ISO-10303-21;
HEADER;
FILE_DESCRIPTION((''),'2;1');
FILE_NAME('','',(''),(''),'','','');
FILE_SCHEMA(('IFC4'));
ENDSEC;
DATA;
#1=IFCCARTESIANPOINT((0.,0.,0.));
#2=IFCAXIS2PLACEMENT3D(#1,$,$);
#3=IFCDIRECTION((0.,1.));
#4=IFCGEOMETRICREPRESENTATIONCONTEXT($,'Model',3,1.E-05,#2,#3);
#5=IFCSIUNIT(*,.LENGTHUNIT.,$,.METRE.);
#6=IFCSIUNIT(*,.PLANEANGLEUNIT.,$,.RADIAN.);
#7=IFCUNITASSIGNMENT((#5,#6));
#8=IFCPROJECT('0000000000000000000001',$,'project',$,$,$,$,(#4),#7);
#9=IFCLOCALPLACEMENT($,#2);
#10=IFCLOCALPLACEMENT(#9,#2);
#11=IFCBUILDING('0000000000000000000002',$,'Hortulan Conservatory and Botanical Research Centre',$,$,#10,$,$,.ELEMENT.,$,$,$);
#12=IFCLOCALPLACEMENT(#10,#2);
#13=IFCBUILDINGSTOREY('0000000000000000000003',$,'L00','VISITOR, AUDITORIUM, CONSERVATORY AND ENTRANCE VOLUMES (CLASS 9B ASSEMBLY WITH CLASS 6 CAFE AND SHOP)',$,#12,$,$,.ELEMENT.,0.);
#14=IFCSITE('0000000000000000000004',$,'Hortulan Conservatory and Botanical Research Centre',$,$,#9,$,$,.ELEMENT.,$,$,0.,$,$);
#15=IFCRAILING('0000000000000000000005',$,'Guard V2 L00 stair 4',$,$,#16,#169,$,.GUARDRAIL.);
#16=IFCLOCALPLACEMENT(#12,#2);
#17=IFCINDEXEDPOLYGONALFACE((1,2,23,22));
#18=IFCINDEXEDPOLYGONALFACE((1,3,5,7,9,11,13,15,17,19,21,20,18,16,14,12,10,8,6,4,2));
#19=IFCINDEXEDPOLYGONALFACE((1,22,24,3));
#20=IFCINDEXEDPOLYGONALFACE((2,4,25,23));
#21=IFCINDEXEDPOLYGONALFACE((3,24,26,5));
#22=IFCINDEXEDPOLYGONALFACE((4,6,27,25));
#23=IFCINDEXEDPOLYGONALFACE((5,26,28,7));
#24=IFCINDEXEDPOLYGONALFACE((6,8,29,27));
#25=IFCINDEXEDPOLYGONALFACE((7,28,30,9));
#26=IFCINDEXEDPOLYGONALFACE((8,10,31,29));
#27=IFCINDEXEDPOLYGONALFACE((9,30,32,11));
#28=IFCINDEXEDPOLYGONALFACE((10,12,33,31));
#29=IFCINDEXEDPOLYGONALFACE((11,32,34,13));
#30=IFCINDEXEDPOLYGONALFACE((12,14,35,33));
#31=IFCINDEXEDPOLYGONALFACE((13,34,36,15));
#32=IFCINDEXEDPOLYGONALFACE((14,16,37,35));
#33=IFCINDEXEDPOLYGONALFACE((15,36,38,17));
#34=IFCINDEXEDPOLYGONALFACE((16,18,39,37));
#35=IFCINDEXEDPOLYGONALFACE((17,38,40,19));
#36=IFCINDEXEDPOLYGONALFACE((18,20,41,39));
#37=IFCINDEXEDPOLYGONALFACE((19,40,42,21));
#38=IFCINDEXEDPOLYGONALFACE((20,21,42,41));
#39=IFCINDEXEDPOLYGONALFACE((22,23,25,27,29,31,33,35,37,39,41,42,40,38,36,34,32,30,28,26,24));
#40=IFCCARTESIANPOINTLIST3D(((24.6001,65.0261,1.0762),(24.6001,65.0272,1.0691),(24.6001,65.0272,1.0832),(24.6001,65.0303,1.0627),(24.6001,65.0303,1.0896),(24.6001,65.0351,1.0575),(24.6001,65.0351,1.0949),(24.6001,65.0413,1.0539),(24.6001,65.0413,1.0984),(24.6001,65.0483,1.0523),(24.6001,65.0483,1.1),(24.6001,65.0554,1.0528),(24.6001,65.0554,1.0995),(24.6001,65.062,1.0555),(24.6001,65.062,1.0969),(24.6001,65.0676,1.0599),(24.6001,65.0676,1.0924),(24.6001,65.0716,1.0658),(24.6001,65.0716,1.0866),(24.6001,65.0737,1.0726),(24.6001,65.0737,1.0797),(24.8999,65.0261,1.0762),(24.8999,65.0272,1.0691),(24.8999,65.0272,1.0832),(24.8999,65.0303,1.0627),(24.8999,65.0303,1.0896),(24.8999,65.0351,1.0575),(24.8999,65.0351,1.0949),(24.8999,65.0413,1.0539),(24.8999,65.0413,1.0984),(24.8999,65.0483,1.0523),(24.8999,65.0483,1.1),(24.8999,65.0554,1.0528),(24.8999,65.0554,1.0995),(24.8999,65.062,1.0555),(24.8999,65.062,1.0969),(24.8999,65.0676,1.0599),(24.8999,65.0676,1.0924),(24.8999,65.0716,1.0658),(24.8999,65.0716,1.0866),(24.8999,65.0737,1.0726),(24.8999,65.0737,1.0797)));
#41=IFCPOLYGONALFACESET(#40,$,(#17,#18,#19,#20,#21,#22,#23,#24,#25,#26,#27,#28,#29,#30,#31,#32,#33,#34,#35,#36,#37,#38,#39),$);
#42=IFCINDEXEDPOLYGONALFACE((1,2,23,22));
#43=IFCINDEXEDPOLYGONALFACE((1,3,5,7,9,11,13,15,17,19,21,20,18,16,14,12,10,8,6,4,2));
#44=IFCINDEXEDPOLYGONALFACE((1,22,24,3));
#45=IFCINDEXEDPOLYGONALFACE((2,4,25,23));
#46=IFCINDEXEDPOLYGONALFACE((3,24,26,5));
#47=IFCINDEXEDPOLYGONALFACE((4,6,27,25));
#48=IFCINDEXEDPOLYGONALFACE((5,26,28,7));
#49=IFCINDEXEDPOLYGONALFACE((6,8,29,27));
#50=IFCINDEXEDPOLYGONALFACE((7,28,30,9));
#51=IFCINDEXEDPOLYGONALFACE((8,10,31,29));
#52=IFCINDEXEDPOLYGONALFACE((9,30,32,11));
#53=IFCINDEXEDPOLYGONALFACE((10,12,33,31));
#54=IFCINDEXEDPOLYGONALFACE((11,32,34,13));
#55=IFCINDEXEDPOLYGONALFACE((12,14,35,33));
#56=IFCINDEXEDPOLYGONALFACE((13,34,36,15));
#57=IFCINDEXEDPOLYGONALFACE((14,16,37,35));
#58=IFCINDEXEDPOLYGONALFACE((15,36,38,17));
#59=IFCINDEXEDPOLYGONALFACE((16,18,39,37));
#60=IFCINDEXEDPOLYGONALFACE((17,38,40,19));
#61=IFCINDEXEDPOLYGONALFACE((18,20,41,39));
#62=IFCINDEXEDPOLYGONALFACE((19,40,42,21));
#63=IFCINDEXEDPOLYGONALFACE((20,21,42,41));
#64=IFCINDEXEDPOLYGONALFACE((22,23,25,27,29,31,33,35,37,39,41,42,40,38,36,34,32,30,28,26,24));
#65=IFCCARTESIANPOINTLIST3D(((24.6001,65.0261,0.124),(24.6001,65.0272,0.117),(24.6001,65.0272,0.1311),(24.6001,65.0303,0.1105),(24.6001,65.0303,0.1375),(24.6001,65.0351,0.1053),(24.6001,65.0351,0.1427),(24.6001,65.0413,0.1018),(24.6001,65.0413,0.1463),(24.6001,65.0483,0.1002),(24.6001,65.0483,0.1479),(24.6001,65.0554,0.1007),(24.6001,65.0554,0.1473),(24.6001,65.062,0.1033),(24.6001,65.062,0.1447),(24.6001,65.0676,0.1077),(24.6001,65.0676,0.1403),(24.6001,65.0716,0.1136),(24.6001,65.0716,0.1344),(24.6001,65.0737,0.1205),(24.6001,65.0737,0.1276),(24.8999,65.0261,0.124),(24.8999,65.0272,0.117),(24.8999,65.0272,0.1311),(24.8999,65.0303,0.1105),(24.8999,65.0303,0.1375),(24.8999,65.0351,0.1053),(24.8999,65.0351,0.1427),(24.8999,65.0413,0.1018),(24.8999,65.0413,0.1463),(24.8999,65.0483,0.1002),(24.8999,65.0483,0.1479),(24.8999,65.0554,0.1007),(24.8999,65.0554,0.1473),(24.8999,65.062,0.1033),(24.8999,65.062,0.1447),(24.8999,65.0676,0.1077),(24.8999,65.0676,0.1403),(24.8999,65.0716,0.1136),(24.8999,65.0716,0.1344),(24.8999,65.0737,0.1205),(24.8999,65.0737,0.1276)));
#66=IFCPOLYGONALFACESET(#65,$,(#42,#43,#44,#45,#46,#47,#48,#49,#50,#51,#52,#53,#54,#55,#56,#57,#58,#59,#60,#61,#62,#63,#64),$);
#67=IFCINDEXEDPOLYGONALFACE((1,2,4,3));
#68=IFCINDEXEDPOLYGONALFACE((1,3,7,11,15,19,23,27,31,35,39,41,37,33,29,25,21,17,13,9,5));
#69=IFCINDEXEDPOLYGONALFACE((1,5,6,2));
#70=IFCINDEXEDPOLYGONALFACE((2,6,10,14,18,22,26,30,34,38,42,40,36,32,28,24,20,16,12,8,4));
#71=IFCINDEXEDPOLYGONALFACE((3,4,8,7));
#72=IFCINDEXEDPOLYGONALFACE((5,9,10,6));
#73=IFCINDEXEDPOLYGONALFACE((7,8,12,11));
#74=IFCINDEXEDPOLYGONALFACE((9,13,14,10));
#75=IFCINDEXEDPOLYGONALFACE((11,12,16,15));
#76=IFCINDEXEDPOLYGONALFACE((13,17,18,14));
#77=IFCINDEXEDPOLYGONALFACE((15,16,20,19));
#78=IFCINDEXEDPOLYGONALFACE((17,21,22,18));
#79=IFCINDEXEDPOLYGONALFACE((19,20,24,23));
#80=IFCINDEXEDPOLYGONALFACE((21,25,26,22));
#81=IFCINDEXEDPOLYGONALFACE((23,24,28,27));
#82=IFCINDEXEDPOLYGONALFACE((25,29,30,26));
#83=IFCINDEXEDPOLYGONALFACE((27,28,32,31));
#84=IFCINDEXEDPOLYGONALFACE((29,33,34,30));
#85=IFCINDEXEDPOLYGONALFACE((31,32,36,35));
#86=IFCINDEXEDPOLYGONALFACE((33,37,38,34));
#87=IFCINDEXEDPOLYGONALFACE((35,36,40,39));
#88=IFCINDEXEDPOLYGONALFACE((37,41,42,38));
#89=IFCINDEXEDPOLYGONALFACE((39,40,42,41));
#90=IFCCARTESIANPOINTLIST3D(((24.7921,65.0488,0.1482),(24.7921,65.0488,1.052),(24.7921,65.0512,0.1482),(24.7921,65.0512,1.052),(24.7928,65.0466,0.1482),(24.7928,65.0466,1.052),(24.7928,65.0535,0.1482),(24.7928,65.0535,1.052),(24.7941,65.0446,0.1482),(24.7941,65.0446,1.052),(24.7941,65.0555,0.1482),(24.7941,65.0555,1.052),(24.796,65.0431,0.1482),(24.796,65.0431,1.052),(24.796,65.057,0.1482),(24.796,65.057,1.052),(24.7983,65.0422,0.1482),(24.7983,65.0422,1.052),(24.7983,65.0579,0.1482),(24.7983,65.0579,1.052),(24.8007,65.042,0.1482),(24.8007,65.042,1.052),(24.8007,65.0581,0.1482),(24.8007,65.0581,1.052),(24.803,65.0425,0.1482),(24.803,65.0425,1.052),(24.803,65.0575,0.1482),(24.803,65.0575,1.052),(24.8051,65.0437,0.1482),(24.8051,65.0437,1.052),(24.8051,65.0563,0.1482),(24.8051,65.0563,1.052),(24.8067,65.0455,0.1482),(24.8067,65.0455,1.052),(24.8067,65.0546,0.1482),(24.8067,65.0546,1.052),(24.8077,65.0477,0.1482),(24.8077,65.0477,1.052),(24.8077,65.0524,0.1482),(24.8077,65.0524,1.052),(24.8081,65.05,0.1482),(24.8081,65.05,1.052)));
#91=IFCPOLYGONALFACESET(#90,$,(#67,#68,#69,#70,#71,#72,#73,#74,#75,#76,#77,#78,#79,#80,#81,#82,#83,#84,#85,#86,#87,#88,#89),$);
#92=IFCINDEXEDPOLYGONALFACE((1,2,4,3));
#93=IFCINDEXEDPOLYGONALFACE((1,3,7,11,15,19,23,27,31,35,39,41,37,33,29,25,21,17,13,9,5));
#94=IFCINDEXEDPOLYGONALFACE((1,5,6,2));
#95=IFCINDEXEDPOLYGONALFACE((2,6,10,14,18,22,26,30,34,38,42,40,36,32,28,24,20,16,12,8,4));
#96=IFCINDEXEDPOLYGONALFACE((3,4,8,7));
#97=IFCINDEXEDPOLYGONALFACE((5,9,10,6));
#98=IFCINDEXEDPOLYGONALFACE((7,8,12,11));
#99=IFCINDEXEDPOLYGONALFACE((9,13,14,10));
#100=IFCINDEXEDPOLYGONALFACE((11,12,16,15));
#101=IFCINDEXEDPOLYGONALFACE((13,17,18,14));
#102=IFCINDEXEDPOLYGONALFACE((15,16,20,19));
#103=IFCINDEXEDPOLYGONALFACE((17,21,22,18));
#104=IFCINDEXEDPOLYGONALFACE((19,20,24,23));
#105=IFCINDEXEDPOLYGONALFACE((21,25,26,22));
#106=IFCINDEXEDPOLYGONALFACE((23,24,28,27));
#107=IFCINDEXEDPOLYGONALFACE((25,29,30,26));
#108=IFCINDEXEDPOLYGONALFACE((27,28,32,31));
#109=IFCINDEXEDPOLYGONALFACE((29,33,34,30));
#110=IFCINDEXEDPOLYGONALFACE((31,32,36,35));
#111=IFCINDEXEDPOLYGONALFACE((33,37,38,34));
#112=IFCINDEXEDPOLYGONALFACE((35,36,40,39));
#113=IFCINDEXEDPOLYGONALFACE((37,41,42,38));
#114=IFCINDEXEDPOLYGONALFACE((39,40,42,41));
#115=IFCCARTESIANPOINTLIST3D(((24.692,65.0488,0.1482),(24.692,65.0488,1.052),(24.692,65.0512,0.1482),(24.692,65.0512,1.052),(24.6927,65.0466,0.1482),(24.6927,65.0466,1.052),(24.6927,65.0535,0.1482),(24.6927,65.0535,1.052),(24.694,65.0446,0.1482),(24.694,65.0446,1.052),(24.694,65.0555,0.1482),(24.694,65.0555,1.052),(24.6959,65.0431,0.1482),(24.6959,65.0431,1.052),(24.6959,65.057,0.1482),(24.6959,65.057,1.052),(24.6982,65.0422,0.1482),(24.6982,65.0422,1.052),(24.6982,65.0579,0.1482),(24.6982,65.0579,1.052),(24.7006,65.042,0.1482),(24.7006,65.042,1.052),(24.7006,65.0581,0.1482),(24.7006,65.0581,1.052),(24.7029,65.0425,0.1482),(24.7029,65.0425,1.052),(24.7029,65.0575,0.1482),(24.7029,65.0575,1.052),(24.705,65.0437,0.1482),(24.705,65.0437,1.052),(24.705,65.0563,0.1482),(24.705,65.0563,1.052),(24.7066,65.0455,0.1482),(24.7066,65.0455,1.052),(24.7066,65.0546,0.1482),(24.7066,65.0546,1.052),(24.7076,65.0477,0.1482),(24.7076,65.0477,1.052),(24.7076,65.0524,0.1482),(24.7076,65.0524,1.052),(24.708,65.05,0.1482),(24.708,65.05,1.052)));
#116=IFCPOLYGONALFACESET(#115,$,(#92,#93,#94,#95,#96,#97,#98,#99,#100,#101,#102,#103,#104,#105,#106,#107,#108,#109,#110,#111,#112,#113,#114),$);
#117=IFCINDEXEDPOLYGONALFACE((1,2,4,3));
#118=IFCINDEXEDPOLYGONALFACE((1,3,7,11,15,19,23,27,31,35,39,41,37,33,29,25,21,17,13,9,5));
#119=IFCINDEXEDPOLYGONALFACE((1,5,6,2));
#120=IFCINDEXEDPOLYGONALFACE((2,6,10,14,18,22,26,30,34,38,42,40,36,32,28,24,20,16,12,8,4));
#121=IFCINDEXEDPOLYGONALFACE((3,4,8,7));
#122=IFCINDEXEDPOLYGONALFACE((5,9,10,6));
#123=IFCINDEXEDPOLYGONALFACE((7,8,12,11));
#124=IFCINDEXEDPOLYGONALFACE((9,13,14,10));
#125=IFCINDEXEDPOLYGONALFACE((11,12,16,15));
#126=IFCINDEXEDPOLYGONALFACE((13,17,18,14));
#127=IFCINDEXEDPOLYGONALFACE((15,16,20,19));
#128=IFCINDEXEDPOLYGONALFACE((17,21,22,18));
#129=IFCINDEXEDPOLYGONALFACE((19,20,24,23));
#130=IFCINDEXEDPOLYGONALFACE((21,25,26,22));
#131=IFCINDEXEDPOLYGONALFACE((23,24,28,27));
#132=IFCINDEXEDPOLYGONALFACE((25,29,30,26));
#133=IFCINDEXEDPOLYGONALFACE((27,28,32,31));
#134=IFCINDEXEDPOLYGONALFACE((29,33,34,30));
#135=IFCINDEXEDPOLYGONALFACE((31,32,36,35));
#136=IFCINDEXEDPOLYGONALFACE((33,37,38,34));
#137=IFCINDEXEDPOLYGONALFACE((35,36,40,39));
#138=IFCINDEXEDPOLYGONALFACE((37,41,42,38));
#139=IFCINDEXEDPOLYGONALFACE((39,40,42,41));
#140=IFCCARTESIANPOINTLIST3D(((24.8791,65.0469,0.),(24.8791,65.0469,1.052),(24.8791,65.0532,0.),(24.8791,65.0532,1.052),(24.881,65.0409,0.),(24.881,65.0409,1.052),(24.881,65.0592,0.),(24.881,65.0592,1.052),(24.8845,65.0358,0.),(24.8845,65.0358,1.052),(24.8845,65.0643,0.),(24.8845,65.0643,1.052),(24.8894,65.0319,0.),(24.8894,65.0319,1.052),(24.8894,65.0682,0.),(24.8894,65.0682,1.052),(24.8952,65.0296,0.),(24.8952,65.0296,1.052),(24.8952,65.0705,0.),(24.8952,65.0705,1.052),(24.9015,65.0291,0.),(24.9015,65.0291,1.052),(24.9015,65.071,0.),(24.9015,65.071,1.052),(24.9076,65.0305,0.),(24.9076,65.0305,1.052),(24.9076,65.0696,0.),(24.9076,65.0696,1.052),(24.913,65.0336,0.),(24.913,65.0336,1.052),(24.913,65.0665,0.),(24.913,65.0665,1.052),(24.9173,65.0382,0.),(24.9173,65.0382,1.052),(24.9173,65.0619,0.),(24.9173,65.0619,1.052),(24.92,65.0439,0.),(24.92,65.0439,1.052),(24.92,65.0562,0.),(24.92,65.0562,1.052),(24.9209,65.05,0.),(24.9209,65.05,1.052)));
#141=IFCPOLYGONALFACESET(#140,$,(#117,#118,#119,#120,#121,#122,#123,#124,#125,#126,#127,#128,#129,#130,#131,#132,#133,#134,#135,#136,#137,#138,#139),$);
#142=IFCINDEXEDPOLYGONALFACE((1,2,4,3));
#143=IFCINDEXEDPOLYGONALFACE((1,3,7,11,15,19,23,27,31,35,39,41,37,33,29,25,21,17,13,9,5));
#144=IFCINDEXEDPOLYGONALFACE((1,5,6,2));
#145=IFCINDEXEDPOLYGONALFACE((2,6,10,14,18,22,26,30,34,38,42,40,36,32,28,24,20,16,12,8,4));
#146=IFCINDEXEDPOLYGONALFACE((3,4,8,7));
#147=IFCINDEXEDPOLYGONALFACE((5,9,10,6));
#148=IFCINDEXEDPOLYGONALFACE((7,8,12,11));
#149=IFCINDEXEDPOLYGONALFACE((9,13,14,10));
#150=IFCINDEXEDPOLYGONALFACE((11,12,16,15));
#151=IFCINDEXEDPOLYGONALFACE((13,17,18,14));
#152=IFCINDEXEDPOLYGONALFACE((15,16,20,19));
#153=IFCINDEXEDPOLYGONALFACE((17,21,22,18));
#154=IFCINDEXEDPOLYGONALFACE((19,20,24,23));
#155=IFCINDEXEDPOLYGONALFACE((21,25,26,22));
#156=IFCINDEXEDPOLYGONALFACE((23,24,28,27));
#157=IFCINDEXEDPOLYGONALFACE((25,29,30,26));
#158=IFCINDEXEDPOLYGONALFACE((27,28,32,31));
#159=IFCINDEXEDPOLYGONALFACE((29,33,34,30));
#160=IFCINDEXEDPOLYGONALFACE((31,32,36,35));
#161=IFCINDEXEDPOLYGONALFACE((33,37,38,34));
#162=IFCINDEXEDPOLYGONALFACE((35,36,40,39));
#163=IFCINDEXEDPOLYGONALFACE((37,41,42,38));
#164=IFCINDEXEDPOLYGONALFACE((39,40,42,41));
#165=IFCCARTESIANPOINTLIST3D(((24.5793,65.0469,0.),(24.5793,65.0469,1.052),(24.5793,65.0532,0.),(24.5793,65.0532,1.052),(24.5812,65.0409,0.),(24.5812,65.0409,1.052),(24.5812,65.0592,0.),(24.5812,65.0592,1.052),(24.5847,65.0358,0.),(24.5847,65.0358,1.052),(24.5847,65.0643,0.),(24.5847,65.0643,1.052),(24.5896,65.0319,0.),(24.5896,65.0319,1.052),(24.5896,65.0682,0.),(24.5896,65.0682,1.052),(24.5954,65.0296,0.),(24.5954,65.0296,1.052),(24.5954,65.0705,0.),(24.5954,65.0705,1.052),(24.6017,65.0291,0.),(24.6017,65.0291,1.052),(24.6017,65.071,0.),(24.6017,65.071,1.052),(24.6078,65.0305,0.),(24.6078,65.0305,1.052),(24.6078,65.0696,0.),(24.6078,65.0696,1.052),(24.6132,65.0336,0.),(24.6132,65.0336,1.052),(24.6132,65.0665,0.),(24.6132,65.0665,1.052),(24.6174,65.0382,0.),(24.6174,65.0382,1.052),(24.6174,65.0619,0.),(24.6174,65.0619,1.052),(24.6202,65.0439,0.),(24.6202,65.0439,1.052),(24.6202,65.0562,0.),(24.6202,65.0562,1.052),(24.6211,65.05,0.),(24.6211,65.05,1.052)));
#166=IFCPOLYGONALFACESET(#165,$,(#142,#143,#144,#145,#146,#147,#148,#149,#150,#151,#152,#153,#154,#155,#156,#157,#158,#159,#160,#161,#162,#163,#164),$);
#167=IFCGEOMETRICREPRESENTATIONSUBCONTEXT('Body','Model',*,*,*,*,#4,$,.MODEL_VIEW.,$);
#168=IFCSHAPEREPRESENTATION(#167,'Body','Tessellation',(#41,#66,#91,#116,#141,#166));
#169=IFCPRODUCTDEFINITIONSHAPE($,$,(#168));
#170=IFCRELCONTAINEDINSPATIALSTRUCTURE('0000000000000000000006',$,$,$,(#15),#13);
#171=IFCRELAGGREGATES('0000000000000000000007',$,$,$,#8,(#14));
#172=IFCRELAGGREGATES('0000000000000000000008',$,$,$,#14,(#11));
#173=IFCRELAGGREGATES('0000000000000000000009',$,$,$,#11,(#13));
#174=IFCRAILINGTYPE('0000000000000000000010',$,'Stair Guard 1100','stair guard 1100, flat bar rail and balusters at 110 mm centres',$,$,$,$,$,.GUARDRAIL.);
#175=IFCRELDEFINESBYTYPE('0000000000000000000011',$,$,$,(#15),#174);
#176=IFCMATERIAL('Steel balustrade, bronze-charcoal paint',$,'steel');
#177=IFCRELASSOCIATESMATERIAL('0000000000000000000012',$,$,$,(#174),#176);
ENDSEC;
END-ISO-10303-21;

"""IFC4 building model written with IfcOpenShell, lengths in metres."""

from ifc_helpers import new_model, si_unit, direction, frame, origin, origin_2d, place, context, subcontext, project, spatial, circle, extrude, material, type_object, element, save


model = new_model("IFC4")

# Units and contexts
model_context = context("Model", 3, precision=1e-05, world=origin(), true_north=direction((0.0, 1.0)))
body_context = subcontext(model_context, "Body", "Model", "MODEL_VIEW")
ifc_project = project(units=[si_unit("LENGTHUNIT", "METRE"), si_unit("PLANEANGLEUNIT", "RADIAN")], contexts=[model_context])

# Site, building, storey
site_placement = place(None, origin())
site = spatial("IfcSite", under=ifc_project, at=site_placement, Name="Hortulan Conservatory and Botanical Research Centre", CompositionType="ELEMENT", RefElevation=0.0)
building_placement = place(site_placement, origin())
building = spatial("IfcBuilding", under=site, at=building_placement, Name="Hortulan Conservatory and Botanical Research Centre", CompositionType="ELEMENT")
storey_placement = place(building_placement, origin())
storey = spatial("IfcBuildingStorey", under=building, at=storey_placement, Name="L00", Description="VISITOR, AUDITORIUM, CONSERVATORY AND ENTRANCE VOLUMES (CLASS 9B ASSEMBLY WITH CLASS 6 CAFE AND SHOP)", CompositionType="ELEMENT", Elevation=0.0)

# Railing
ifc_material_1 = material(Name="Steel balustrade, bronze-charcoal paint", Category="steel")
railing_type_1 = type_object("IfcRailingType", Name="Stair Guard 1100", Description="stair guard 1100, flat bar rail and balusters at 110 mm centres", PredefinedType="GUARDRAIL", material=ifc_material_1)
railing_1_placement = place(storey_placement, frame((24.8999, 65.05, 0.0)))
element("IfcRailing", 1, at=railing_1_placement, inside=storey, type_object=railing_type_1, Name="Guard V2 L00 stair 4", PredefinedType="GUARDRAIL", context=body_context, shape_type="SweptSolid", body=[
    extrude(circle(Radius=0.0239, at=origin_2d()), frame((0.0, 0.0, 1.0762), z_axis=(-1.0, 0.0, 0.0), x_axis=(0.0, -1.0, 0.0)), (0.0, 0.0, 1.0), 0.2998),
    extrude(circle(Radius=0.0239, at=origin_2d()), frame((0.0, 0.0, 0.124), z_axis=(-1.0, 0.0, 0.0), x_axis=(0.0, -1.0, 0.0)), (0.0, 0.0, 1.0), 0.2998),
    extrude(circle(Radius=0.0081, at=origin_2d()), frame((-0.0999, 0.0, 0.1482)), (0.0, 0.0, 1.0), 0.9038),
    extrude(circle(Radius=0.0081, at=origin_2d()), frame((-0.2, 0.0, 0.1482)), (0.0, 0.0, 1.0), 0.9038),
    extrude(circle(Radius=0.021, at=origin_2d()), origin(), (0.0, 0.0, 1.0), 1.052),
    extrude(circle(Radius=0.021, at=origin_2d()), frame((-0.2998, 0.0, 0.0)), (0.0, 0.0, 1.0), 1.052),
])

save(model, "model.ifc")
